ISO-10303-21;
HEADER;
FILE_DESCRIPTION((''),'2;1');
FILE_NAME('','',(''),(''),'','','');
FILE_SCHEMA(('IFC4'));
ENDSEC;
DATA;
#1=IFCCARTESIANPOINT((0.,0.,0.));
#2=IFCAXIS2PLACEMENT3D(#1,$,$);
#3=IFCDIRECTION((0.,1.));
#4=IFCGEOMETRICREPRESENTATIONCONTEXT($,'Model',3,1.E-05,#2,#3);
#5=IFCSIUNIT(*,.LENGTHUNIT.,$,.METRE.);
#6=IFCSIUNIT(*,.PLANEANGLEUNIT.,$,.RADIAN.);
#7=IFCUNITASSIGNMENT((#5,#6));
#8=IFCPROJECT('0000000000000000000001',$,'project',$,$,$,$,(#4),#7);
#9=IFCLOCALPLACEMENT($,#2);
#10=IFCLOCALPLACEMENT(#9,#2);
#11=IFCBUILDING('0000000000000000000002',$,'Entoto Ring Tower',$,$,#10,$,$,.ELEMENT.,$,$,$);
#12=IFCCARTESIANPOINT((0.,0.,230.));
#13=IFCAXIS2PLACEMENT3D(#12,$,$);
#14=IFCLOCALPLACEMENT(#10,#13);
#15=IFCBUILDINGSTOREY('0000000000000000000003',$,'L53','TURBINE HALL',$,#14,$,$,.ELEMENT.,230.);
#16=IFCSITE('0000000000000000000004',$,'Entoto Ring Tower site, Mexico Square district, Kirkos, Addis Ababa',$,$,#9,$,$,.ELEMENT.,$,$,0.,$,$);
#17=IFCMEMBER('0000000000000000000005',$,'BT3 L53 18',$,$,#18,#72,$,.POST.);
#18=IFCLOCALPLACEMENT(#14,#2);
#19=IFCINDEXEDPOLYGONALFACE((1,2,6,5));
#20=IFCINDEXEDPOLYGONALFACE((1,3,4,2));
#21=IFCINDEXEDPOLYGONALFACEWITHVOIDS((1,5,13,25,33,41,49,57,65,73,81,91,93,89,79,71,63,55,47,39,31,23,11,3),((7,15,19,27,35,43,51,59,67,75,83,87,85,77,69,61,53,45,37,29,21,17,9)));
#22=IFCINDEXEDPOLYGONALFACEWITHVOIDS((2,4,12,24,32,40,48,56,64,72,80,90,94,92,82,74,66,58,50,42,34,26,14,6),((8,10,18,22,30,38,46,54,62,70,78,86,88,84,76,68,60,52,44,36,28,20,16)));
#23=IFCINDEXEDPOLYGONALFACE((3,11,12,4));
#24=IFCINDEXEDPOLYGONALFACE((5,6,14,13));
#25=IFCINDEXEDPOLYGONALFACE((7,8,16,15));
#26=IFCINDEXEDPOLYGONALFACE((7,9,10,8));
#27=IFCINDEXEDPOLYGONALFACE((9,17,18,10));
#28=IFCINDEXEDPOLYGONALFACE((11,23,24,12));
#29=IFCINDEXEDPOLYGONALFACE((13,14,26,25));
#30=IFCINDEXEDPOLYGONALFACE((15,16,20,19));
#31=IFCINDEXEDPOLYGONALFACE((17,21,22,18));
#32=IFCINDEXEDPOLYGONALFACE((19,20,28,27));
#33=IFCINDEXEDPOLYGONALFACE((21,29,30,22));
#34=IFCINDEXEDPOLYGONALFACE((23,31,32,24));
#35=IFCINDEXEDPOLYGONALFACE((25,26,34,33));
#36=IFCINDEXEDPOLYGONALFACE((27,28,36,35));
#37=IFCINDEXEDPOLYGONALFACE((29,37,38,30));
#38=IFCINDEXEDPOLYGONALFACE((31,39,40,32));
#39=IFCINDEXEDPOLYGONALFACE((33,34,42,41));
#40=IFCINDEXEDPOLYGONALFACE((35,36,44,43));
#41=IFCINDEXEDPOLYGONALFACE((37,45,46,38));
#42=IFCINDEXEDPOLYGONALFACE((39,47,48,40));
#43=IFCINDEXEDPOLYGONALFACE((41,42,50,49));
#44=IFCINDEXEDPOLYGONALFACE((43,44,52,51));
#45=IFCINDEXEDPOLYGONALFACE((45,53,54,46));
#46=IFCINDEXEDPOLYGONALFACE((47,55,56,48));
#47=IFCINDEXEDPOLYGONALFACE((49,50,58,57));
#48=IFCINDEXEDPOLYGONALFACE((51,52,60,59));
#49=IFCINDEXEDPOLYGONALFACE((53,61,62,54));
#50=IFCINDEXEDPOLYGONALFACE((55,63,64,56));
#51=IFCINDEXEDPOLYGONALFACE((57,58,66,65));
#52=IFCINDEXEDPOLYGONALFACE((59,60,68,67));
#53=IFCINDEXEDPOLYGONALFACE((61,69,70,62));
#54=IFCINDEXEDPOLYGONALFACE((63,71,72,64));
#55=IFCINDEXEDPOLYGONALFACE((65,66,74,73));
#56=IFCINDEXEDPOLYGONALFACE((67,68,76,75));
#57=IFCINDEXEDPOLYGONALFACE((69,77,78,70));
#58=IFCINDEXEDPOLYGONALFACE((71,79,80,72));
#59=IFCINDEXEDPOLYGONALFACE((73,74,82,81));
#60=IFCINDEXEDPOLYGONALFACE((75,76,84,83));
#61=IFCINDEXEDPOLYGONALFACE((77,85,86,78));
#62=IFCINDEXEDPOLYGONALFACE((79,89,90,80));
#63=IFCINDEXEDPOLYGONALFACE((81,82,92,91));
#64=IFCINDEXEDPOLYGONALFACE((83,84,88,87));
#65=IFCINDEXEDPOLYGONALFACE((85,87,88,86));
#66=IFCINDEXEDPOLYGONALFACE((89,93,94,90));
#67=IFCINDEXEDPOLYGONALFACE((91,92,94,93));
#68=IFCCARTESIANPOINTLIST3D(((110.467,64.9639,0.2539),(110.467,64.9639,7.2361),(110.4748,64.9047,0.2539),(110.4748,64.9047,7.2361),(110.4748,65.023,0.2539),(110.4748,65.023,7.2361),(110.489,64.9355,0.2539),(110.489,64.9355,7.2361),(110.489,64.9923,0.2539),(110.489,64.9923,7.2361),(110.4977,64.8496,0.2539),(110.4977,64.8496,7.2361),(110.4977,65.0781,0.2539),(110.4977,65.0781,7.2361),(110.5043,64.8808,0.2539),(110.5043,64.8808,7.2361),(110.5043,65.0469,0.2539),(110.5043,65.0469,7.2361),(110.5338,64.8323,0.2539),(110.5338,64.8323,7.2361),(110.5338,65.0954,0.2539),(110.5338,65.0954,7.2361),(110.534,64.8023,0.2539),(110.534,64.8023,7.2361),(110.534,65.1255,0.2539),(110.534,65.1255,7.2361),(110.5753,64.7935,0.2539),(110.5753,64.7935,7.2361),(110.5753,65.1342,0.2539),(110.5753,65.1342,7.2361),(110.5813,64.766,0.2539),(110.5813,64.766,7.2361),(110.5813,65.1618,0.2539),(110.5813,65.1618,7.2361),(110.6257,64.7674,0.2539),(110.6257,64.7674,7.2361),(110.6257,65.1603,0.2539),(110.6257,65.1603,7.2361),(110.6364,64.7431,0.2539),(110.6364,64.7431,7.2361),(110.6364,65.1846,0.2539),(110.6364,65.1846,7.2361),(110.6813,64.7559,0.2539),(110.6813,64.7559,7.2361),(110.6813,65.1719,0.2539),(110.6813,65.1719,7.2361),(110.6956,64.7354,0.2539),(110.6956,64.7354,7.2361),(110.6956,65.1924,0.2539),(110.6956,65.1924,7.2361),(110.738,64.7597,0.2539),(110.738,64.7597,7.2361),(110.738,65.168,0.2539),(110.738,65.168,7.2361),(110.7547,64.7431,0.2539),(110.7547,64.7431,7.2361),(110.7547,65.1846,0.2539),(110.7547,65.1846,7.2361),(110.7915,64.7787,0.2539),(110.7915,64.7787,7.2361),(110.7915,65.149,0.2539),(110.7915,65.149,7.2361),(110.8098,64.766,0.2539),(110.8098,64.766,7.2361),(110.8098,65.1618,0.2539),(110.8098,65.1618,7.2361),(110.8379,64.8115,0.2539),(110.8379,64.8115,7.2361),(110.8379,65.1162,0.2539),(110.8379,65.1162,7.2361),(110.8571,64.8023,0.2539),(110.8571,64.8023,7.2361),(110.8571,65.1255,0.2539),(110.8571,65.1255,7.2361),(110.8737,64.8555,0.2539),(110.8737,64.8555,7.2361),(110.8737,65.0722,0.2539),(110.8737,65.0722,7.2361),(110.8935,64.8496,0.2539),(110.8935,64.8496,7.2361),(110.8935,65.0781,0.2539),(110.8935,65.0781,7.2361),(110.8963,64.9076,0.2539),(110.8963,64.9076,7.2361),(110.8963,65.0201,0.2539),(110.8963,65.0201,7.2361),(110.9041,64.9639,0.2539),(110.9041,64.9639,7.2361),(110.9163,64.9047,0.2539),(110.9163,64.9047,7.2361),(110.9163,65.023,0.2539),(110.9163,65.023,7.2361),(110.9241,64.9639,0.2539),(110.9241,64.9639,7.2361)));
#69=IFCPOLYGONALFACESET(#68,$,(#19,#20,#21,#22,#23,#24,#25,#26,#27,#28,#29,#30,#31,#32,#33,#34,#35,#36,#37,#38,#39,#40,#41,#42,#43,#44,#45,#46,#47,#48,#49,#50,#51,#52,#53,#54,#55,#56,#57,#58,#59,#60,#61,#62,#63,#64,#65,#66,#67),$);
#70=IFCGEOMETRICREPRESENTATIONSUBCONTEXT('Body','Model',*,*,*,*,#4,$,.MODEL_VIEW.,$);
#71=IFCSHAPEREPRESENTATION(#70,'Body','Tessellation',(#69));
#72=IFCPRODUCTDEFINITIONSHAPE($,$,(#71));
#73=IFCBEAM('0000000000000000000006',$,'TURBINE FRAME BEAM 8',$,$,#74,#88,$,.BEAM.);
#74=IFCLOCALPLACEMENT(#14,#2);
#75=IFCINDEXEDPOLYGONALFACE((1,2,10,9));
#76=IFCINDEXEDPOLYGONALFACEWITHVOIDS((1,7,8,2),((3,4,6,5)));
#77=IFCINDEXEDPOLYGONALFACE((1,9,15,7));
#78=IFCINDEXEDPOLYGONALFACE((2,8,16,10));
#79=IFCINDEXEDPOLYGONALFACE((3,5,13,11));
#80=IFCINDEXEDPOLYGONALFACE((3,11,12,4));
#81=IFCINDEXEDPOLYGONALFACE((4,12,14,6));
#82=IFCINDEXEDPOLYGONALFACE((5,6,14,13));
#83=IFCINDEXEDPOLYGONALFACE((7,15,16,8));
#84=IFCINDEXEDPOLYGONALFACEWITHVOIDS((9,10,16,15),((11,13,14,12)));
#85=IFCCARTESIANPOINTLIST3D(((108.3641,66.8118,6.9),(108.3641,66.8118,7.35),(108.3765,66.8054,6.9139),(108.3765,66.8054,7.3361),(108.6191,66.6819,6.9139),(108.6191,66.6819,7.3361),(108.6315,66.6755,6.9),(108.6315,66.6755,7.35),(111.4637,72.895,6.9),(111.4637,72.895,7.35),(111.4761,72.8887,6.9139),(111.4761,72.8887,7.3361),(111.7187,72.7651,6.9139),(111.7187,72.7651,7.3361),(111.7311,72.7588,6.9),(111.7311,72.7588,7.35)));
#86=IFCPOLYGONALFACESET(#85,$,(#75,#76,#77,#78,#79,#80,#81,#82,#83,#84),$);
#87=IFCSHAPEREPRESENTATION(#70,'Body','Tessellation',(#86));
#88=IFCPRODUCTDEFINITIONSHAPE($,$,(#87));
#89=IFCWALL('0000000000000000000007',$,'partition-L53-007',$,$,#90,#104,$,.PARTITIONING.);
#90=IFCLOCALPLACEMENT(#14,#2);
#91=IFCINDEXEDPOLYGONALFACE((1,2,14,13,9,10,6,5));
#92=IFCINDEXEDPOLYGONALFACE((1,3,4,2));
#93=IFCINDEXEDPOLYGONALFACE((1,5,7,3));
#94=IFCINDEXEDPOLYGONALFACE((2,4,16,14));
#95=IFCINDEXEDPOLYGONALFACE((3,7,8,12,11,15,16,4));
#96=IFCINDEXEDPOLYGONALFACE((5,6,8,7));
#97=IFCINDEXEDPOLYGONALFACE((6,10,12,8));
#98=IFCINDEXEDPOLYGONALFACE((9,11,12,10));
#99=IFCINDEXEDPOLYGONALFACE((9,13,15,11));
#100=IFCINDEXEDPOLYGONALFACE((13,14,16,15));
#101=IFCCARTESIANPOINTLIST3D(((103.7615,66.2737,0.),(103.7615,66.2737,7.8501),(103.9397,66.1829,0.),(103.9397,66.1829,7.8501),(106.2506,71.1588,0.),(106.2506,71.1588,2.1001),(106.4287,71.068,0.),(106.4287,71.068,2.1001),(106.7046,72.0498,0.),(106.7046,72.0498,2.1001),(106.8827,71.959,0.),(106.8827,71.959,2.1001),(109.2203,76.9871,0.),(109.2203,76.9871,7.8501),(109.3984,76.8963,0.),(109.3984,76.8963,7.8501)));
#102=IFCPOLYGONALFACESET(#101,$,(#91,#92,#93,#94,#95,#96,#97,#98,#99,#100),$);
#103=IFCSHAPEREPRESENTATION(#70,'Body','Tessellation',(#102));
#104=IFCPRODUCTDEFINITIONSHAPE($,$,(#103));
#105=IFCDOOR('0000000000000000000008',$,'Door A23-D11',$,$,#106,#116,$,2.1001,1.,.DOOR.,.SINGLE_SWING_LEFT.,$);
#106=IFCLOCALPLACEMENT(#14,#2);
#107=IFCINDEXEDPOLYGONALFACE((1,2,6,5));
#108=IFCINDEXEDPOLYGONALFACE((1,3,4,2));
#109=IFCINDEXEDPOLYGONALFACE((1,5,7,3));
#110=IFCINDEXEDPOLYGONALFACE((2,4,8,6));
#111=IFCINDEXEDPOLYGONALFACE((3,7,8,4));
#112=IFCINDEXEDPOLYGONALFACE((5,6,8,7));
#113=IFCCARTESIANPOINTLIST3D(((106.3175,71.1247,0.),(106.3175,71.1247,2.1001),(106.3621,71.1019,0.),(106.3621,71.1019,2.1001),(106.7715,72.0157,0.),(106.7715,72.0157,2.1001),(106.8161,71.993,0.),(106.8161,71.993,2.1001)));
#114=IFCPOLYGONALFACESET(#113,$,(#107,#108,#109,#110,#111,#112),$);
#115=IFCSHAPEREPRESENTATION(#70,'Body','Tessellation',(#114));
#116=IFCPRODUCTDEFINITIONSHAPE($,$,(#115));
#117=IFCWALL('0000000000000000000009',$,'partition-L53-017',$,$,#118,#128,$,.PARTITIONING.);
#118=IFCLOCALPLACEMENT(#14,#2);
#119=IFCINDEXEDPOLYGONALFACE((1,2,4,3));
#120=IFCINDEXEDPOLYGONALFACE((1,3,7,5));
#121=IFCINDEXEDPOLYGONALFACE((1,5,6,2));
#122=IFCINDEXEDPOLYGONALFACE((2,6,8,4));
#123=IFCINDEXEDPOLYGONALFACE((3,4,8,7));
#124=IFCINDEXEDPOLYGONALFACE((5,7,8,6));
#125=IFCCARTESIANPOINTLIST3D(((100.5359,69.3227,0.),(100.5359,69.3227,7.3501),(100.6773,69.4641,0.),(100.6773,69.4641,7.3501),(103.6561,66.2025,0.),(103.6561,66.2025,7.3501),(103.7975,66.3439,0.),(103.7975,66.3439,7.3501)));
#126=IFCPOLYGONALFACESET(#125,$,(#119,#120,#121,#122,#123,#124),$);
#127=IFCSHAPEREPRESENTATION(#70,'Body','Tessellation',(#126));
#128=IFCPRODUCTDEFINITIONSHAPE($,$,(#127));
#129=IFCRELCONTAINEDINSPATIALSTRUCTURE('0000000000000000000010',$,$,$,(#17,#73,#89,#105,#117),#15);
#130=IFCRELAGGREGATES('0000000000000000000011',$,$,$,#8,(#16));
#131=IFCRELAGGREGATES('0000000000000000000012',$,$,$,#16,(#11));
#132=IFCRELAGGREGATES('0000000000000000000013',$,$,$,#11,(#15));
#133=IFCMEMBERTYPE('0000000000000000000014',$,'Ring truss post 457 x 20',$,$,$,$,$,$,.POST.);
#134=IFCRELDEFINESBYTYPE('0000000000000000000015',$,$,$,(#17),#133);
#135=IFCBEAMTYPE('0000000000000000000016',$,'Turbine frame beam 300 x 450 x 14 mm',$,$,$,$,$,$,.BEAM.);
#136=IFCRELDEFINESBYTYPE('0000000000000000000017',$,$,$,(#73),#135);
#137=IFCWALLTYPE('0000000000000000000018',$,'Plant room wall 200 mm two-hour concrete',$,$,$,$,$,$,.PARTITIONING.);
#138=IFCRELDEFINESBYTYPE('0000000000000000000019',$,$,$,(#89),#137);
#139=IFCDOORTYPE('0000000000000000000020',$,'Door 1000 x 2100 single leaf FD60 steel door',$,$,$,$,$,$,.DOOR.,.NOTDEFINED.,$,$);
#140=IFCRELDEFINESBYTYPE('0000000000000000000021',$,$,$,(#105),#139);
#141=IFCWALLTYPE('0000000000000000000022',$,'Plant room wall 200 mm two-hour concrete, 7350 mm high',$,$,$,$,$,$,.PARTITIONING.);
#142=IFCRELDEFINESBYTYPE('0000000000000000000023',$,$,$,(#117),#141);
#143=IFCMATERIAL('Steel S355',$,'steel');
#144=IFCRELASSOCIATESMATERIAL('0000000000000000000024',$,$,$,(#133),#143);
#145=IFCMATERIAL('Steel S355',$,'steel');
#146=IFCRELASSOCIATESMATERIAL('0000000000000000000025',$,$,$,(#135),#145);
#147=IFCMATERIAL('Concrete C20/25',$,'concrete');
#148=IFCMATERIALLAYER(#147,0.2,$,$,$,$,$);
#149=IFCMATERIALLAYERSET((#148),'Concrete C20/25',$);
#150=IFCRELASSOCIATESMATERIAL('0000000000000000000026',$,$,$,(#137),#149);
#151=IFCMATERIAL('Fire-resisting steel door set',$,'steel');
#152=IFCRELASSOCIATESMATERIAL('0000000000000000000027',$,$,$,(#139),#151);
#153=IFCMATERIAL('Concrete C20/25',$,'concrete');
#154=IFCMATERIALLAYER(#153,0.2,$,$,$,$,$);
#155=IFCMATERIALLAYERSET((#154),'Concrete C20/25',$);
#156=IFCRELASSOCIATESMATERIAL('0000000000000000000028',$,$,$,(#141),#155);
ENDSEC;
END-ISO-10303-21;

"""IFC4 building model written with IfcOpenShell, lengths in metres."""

from ifc_helpers import new_model, si_unit, direction, frame, frame_2d, origin, origin_2d, place, context, subcontext, project, spatial, rectangle, hollow_rectangle, circle, hollow_circle, extrude, material, layer, layer_set, material_profile, profile_set, type_object, element, fill, save


model = new_model("IFC4")

# Units and contexts
model_context = context("Model", 3, precision=1e-05, world=origin(), true_north=direction((0.0, 1.0)))
body_context = subcontext(model_context, "Body", "Model", "MODEL_VIEW")
ifc_project = project(units=[si_unit("LENGTHUNIT", "METRE"), si_unit("PLANEANGLEUNIT", "RADIAN")], contexts=[model_context])

# Site, building, storey
site_placement = place(None, origin())
site = spatial("IfcSite", under=ifc_project, at=site_placement, Name="Entoto Ring Tower site, Mexico Square district, Kirkos, Addis Ababa", CompositionType="ELEMENT", RefElevation=0.0)
building_placement = place(site_placement, origin())
building = spatial("IfcBuilding", under=site, at=building_placement, Name="Entoto Ring Tower", CompositionType="ELEMENT")
storey_placement = place(building_placement, frame((0.0, 0.0, 230.0)))
storey = spatial("IfcBuildingStorey", under=building, at=storey_placement, Name="L53", Description="TURBINE HALL", CompositionType="ELEMENT", Elevation=230.0)

# Member
ifc_material_1 = material(Name="Steel S355", Category="steel")
ifc_material_profile_1 = material_profile(ifc_material_1, hollow_circle(Radius=0.2285, WallThickness=0.02, at=origin_2d()), Name="CHS 457 x 20")
ifc_material_2 = material(Name="Concrete C60/75", Category="concrete")
ifc_material_profile_2 = material_profile(ifc_material_2, circle(Radius=0.2085, at=origin_2d()), Name="Concrete C60/75 infill")
ifc_profile_set_1 = profile_set([ifc_material_profile_1, ifc_material_profile_2], Name="Steel S355")
member_type_1 = type_object("IfcMemberType", Name="Ring truss post 457 x 20", PredefinedType="POST", material=ifc_profile_set_1)
for number, where, z_axis, x_axis, name in (
    (1, (110.6956, 64.9639, 0.2539), (0.0, 0.0, 1.0), (1.0, 0.0, 0.0), "BT3 L53 18"),
):
    element("IfcMember", number, at=place(storey_placement, frame(where, z_axis=z_axis, x_axis=x_axis)), inside=storey, type_object=member_type_1, Name=name, PredefinedType="POST", context=body_context, shape_type="SweptSolid", body=[
        extrude(hollow_circle(Radius=0.2285, WallThickness=0.02, at=origin_2d()), origin(), (0.0, 0.0, 1.0), 6.9822),
    ])

# Beam
ifc_material_3 = material(Name="Steel S355", Category="steel")
ifc_material_profile_3 = material_profile(ifc_material_3, hollow_rectangle(XDim=0.3, YDim=0.45, WallThickness=0.0139, at=origin_2d()), Name="Turbine frame beam 300 x 450 x 14 mm")
ifc_profile_set_2 = profile_set([ifc_material_profile_3], Name="Steel S355")
beam_type_1 = type_object("IfcBeamType", Name="Turbine frame beam 300 x 450 x 14 mm", PredefinedType="BEAM", material=ifc_profile_set_2)
beam_1_placement = place(storey_placement, frame((108.4978, 66.7437, 7.125), z_axis=(0.453995, 0.891004, 0.0), x_axis=(-0.891004, 0.453995, 0.0)))
element("IfcBeam", 2, at=beam_1_placement, inside=storey, type_object=beam_type_1, Name="TURBINE FRAME BEAM 8", PredefinedType="BEAM", context=body_context, shape_type="SweptSolid", body=[
    extrude(hollow_rectangle(XDim=0.3, YDim=0.45, WallThickness=0.0139, at=origin_2d()), origin(), (0.0, 0.0, 1.0), 6.8274),
])

# Wall, opening, door
ifc_material_4 = material(Name="Concrete C20/25", Category="concrete")
ifc_layer_1 = layer(ifc_material_4, 0.2)
ifc_layer_set_1 = layer_set([ifc_layer_1], Name="Concrete C20/25")
wall_type_1 = type_object("IfcWallType", Name="Plant room wall 200 mm two-hour concrete", PredefinedType="PARTITIONING", material=ifc_layer_set_1)
wall_1_placement = place(storey_placement, frame((103.8506, 66.2283, 0.0), z_axis=(0.0, 0.0, 1.0), x_axis=(0.453991, 0.891006, 0.0)))
wall_1 = element("IfcWall", 3, at=wall_1_placement, inside=storey, type_object=wall_type_1, Name="partition-L53-007", PredefinedType="PARTITIONING", context=body_context, shape_type="SweptSolid", body=[
    extrude(rectangle(XDim=12.0239, YDim=0.2, at=frame_2d((6.012, 0.0))), origin(), (0.0, 0.0, 1.0), 7.8501),
])
opening_placement = place(wall_1_placement, frame((5.4827, 0.0, 0.0)))
opening = element("IfcOpeningElement", 4, at=opening_placement, cuts=wall_1, PredefinedType="OPENING", context=body_context, shape_type="SweptSolid", body=[
    extrude(rectangle(XDim=1.0, YDim=2.1001, at=frame_2d((0.5, 1.05))), frame((0.0, 0.1099, 0.0), z_axis=(0.0, -1.0, 0.0), x_axis=(1.0, 0.0, 0.0)), (0.0, 0.0, 1.0), 0.22),
])
ifc_material_5 = material(Name="Fire-resisting steel door set", Category="steel")
door_type = type_object("IfcDoorType", Name="Door 1000 x 2100 single leaf FD60 steel door", OperationType="NOTDEFINED", PredefinedType="DOOR", material=ifc_material_5)
door_placement = place(opening_placement, origin())
door = element("IfcDoor", 5, at=door_placement, inside=storey, type_object=door_type, Name="Door A23-D11", OperationType="SINGLE_SWING_LEFT", OverallHeight=2.1001, OverallWidth=1.0, PredefinedType="DOOR", context=body_context, shape_type="SweptSolid", body=[
    extrude(rectangle(XDim=1.0, YDim=2.1001, at=frame_2d((0.5, 1.05))), frame((0.0, 0.0249, 0.0), z_axis=(0.0, -1.0, 0.0), x_axis=(1.0, 0.0, 0.0)), (0.0, 0.0, 1.0), 0.05),
])
fill(opening, door)

# Wall
ifc_material_6 = material(Name="Concrete C20/25", Category="concrete")
ifc_layer_2 = layer(ifc_material_6, 0.2)
ifc_layer_set_2 = layer_set([ifc_layer_2], Name="Concrete C20/25")
wall_type_2 = type_object("IfcWallType", Name="Plant room wall 200 mm two-hour concrete, 7350 mm high", PredefinedType="PARTITIONING", material=ifc_layer_set_2)
wall_2_placement = place(storey_placement, frame((103.7268, 66.2732, 0.0), z_axis=(0.0, 0.0, 1.0), x_axis=(-0.707107, 0.707107, 0.0)))
element("IfcWall", 6, at=wall_2_placement, inside=storey, type_object=wall_type_2, Name="partition-L53-017", PredefinedType="PARTITIONING", context=body_context, shape_type="SweptSolid", body=[
    extrude(rectangle(XDim=4.4126, YDim=0.2, at=frame_2d((2.2063, 0.0))), origin(), (0.0, 0.0, 1.0), 7.3501),
])

save(model, "model.ifc")
